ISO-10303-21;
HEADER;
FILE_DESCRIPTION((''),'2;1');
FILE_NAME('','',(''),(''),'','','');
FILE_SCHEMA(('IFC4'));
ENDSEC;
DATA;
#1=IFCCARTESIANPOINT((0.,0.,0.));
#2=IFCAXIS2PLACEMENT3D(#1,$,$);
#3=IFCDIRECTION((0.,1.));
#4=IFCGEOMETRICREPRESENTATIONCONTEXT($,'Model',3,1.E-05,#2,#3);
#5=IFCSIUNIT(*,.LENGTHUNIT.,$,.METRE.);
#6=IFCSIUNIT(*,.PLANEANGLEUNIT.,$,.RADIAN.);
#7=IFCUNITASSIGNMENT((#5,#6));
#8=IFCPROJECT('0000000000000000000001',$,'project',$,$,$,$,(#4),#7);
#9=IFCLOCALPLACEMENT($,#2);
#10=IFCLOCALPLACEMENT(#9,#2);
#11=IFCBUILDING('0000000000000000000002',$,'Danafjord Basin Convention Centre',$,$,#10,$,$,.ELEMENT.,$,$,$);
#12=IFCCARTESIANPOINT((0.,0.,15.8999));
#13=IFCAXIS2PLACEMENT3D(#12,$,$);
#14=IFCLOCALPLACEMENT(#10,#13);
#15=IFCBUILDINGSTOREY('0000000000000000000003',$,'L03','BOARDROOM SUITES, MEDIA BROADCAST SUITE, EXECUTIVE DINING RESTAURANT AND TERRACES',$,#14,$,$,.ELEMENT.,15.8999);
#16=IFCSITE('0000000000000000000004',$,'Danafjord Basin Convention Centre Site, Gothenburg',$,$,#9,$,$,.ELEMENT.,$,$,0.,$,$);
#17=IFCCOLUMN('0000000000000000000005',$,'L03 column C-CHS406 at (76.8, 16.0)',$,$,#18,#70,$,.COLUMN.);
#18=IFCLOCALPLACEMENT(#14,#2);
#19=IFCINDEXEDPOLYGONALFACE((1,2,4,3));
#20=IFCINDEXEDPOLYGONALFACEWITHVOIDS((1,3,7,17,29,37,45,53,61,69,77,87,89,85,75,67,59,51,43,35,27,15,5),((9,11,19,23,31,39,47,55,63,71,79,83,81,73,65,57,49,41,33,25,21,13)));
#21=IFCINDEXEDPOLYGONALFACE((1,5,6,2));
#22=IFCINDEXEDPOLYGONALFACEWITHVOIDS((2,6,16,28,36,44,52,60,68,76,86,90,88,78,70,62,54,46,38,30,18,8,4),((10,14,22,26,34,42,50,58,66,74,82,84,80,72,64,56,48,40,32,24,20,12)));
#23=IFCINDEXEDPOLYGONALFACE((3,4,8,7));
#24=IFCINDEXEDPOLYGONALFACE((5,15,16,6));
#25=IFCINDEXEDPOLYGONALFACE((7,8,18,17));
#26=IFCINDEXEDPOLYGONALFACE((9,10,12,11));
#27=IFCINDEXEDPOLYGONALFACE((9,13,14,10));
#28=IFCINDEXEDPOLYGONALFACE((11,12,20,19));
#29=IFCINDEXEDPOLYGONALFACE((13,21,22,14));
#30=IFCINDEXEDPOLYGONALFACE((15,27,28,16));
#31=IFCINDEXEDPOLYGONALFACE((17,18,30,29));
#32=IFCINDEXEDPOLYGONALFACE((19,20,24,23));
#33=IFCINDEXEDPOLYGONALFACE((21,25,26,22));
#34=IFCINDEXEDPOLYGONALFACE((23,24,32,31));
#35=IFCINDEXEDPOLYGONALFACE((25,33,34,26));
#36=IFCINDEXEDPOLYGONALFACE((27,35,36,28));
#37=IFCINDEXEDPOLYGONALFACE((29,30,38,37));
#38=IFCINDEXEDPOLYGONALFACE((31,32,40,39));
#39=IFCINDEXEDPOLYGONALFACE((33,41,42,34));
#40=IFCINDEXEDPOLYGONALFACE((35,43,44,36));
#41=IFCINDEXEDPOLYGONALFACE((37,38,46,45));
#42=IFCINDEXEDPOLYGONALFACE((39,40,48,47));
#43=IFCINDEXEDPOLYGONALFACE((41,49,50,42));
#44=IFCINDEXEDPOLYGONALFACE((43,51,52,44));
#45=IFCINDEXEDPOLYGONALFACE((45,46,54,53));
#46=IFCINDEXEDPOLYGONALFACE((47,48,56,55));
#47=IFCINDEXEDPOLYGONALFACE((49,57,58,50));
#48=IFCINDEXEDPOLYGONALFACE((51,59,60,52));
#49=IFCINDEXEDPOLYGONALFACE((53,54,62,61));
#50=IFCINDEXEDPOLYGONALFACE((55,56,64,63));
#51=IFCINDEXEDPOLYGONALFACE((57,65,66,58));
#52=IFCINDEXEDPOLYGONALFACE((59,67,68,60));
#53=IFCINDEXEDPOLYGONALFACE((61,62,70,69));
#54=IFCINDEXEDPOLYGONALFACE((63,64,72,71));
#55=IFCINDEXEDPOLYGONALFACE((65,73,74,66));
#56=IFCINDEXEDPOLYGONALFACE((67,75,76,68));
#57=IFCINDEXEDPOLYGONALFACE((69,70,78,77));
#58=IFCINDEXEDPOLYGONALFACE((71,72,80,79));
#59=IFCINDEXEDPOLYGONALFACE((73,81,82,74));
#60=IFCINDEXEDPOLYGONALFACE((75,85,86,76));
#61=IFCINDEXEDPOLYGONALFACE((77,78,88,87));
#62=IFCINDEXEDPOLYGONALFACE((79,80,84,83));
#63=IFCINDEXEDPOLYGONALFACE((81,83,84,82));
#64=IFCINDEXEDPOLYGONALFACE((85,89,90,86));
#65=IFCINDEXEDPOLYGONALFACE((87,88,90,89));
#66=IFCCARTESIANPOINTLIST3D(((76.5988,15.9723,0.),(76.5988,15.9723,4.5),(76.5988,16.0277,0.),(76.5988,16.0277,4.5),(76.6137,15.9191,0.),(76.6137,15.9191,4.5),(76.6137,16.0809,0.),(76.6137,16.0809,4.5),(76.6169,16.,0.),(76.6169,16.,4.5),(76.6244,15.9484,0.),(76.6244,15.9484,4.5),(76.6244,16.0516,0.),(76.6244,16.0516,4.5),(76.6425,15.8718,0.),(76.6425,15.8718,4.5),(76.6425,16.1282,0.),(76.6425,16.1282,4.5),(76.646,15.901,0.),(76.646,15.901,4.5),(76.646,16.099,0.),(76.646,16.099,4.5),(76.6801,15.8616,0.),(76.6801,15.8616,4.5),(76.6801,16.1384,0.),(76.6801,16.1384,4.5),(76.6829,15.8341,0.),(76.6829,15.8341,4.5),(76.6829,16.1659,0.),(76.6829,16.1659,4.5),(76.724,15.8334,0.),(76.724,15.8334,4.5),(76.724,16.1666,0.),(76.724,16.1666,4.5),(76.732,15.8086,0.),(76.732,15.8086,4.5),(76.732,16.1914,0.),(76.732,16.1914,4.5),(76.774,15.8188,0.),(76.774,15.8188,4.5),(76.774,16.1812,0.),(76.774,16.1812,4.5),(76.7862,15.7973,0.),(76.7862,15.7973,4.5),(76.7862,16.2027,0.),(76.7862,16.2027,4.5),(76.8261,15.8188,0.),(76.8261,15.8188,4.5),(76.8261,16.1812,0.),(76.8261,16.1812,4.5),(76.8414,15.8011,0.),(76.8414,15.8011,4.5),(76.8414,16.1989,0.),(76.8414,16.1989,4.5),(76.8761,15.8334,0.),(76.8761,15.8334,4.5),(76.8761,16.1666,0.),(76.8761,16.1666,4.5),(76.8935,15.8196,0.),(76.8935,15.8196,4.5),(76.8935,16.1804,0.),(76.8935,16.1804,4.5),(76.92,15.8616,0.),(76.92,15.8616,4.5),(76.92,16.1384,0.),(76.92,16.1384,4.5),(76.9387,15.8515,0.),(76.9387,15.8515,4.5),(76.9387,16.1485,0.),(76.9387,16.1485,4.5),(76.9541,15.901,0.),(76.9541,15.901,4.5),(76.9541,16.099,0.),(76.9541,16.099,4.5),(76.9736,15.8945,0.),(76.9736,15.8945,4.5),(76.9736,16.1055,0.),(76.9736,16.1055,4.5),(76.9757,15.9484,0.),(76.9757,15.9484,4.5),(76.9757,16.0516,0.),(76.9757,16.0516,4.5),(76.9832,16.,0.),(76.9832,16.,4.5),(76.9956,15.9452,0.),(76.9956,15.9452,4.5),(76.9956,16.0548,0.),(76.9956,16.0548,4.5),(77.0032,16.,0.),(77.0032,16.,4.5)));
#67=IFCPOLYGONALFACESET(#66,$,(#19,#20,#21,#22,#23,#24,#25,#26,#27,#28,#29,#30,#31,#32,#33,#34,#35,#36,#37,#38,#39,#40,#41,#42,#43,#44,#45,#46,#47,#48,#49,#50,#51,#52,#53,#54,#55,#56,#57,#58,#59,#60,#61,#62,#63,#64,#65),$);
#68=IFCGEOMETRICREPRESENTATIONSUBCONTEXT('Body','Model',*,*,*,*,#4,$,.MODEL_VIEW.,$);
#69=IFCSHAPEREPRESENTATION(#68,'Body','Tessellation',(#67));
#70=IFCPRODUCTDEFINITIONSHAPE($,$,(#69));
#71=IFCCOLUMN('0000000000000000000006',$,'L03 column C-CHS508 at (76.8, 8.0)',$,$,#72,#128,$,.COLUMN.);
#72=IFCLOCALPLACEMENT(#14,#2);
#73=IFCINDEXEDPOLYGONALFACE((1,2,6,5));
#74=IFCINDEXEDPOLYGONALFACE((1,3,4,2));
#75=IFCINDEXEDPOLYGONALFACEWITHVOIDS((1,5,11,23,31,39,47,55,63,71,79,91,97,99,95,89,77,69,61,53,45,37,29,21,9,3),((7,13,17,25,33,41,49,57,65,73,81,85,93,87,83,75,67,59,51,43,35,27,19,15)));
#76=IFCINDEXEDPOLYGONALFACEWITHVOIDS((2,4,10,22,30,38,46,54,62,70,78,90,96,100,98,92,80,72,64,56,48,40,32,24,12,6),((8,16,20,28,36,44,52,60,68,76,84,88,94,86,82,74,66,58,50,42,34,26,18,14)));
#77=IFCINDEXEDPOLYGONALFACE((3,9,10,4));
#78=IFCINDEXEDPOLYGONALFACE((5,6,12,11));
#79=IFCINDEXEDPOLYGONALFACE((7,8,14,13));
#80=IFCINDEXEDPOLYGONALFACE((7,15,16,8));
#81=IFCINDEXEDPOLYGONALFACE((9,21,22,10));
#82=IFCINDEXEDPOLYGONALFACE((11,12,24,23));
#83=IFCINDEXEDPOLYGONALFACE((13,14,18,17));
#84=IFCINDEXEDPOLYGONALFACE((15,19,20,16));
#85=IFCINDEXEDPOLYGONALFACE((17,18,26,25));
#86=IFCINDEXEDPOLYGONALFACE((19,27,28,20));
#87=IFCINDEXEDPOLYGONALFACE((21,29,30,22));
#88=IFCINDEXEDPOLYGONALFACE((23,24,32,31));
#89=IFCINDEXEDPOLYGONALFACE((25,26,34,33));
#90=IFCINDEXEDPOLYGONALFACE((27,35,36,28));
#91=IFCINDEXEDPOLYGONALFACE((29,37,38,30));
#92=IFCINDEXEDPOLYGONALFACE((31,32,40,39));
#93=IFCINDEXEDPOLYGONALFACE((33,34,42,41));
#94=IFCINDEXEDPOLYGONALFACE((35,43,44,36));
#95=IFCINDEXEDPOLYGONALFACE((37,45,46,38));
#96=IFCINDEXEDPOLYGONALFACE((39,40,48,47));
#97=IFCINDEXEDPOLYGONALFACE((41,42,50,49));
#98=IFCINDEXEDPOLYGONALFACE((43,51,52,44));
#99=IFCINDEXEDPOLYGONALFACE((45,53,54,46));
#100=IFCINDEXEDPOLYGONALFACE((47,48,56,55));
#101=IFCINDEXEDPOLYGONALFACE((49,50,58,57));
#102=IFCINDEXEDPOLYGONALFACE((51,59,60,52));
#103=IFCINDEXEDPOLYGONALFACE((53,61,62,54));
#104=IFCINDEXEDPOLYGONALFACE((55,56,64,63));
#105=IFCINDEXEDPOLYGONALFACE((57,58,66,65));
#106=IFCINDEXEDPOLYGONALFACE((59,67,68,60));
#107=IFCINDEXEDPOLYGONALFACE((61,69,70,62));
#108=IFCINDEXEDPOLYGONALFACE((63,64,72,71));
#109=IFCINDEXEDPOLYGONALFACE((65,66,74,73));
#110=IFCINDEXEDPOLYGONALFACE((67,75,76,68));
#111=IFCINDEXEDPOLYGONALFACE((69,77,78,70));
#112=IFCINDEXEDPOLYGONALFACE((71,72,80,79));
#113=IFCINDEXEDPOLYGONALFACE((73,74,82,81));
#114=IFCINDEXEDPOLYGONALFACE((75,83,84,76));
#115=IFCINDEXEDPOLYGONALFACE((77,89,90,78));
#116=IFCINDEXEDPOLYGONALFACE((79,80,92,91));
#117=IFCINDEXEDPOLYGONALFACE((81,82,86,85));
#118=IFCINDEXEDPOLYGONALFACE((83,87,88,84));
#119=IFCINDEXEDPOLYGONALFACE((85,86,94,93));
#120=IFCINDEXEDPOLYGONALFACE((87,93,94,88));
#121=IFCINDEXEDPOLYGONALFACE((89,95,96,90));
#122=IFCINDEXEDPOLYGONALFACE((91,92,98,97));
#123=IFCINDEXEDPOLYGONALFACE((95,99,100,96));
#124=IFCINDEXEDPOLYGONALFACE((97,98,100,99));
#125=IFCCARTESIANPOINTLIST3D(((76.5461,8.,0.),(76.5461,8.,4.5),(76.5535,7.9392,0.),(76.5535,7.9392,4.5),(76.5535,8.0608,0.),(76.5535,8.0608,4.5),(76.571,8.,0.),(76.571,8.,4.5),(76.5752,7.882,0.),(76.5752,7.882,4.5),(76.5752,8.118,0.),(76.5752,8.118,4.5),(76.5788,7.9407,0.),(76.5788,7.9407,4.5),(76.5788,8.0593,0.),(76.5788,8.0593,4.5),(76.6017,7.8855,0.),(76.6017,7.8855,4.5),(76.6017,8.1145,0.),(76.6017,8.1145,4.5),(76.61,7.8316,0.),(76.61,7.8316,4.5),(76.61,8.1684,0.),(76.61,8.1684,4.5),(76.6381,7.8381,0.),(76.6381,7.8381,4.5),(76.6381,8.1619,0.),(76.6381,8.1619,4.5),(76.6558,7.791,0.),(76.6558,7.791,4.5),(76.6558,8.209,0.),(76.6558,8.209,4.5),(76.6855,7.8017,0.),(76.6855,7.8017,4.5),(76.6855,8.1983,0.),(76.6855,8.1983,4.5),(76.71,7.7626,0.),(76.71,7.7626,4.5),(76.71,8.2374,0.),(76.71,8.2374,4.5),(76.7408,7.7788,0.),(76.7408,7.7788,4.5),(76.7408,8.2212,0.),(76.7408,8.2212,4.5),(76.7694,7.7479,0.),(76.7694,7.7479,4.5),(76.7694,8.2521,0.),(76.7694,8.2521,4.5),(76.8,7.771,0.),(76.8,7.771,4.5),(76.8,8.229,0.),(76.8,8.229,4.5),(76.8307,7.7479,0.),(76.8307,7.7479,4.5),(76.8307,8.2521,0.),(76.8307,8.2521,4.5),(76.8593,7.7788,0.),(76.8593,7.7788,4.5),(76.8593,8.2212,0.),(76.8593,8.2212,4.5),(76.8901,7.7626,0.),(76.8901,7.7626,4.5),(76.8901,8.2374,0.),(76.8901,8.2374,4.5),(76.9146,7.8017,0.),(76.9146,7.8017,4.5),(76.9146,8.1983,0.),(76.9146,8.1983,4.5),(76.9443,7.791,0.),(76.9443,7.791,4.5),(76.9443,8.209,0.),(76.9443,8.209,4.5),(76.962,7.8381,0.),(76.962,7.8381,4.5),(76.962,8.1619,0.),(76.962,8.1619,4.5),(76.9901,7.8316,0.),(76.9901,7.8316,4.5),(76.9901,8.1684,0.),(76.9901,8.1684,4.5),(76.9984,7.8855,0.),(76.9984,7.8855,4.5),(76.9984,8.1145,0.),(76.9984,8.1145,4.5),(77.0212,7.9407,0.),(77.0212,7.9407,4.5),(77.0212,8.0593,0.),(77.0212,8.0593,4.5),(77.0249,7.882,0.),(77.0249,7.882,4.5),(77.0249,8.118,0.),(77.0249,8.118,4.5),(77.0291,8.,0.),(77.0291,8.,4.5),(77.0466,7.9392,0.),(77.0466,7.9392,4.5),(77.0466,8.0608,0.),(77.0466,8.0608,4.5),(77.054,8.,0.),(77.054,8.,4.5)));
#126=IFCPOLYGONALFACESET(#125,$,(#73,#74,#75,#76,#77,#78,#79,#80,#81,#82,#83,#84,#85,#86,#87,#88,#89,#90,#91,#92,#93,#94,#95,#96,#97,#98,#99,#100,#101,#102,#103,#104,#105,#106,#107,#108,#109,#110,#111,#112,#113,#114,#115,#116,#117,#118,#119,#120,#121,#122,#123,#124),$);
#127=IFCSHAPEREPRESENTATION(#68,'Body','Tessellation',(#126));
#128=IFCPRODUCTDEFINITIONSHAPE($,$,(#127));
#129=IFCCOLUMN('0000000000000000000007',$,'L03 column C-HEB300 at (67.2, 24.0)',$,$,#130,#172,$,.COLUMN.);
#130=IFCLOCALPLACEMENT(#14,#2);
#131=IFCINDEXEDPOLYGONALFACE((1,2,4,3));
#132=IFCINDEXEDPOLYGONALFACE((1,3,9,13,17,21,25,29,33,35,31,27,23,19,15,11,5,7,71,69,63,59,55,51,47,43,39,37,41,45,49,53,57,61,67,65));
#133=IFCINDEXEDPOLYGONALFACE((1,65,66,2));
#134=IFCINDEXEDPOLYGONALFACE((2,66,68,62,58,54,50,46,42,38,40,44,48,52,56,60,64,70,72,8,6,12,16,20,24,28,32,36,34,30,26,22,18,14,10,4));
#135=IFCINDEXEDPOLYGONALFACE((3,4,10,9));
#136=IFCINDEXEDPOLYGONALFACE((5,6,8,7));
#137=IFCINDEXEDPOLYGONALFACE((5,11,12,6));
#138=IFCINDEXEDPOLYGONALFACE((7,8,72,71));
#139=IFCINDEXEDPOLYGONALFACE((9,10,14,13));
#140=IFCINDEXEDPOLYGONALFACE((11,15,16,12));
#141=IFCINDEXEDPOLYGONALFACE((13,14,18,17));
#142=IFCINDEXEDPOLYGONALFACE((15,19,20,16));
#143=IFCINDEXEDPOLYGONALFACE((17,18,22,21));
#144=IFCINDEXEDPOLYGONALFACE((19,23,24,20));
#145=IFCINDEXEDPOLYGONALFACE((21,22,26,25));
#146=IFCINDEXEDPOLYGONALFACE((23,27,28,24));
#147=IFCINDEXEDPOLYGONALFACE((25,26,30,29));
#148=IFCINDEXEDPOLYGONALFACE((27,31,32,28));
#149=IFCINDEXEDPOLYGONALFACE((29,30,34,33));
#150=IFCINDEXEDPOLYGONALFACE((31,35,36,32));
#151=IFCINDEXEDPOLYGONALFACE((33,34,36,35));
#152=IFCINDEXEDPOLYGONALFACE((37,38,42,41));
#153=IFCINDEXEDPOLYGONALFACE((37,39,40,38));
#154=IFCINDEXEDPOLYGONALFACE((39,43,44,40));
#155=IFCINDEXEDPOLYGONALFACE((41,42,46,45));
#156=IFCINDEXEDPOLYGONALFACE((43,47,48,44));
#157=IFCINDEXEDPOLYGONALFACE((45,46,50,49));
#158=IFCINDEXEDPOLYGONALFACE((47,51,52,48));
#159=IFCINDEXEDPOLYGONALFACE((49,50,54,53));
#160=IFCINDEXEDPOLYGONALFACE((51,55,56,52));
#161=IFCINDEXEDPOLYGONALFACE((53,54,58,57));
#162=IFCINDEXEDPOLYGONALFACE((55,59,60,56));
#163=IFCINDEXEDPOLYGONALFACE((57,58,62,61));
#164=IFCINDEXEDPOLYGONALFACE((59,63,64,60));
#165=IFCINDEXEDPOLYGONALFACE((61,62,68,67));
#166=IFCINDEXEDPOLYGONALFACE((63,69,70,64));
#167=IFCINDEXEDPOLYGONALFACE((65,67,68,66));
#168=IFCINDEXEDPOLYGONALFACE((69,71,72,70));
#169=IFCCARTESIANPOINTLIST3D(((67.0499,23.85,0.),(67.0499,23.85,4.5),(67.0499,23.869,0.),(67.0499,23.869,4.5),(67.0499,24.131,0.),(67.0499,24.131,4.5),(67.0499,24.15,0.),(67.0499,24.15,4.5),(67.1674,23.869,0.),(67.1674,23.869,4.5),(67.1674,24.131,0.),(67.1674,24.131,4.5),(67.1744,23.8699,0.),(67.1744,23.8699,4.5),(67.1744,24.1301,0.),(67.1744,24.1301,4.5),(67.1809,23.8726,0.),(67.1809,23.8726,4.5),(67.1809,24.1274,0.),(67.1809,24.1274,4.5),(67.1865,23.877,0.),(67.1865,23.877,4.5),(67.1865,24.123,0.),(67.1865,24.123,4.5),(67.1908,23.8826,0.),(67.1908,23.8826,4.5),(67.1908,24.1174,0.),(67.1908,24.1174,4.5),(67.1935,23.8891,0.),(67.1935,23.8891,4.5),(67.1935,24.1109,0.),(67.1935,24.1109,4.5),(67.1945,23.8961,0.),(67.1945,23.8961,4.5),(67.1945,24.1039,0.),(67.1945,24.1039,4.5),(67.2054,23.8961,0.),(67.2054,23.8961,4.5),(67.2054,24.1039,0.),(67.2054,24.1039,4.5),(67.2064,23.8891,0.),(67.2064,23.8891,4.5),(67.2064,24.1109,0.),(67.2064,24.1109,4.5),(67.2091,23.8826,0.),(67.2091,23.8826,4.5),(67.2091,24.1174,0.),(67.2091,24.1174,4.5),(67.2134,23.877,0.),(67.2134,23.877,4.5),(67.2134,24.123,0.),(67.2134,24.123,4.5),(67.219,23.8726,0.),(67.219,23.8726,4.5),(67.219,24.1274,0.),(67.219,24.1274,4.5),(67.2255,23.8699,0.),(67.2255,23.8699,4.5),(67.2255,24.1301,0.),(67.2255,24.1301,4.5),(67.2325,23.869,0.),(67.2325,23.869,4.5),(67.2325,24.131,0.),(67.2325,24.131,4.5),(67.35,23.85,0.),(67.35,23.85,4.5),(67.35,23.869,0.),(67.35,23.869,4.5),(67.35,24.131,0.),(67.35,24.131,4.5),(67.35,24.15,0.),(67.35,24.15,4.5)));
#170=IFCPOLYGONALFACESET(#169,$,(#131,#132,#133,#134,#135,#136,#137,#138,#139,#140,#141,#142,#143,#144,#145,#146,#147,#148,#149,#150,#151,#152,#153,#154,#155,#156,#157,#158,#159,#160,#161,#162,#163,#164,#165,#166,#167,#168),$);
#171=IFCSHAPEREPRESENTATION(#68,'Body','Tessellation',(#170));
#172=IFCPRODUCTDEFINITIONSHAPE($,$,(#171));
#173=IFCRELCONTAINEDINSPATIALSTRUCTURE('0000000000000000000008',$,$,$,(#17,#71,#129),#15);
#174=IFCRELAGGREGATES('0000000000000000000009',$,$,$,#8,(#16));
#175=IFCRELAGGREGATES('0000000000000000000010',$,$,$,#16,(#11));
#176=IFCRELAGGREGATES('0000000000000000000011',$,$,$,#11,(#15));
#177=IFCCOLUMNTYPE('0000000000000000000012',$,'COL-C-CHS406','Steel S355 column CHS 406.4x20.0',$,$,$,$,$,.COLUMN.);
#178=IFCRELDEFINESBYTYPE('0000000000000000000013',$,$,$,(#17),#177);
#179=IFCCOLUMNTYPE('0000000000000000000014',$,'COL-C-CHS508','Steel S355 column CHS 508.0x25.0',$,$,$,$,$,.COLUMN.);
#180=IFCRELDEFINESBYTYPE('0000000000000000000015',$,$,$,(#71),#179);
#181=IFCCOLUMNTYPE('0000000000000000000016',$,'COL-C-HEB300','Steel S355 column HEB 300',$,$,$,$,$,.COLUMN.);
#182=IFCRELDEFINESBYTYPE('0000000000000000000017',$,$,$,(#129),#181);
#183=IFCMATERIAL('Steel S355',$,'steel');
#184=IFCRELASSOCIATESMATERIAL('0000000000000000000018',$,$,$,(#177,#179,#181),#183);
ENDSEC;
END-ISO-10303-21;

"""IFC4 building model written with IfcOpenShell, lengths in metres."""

from ifc_helpers import new_model, si_unit, direction, frame, origin, origin_2d, place, context, subcontext, project, spatial, hollow_circle, i_section, extrude, material, material_profile, profile_set, type_object, element, save


model = new_model("IFC4")

# Units and contexts
model_context = context("Model", 3, precision=1e-05, world=origin(), true_north=direction((0.0, 1.0)))
body_context = subcontext(model_context, "Body", "Model", "MODEL_VIEW")
ifc_project = project(units=[si_unit("LENGTHUNIT", "METRE"), si_unit("PLANEANGLEUNIT", "RADIAN")], contexts=[model_context])

# Site, building, storey
site_placement = place(None, origin())
site = spatial("IfcSite", under=ifc_project, at=site_placement, Name="Danafjord Basin Convention Centre Site, Gothenburg", CompositionType="ELEMENT", RefElevation=0.0)
building_placement = place(site_placement, origin())
building = spatial("IfcBuilding", under=site, at=building_placement, Name="Danafjord Basin Convention Centre", CompositionType="ELEMENT")
storey_placement = place(building_placement, frame((0.0, 0.0, 15.8999)))
storey = spatial("IfcBuildingStorey", under=building, at=storey_placement, Name="L03", Description="BOARDROOM SUITES, MEDIA BROADCAST SUITE, EXECUTIVE DINING RESTAURANT AND TERRACES", CompositionType="ELEMENT", Elevation=15.8999)

# Columns
ifc_material_1 = material(Name="Steel S355", Category="steel")
ifc_material_profile_1 = material_profile(ifc_material_1, hollow_circle(Radius=0.2031, WallThickness=0.02, at=origin_2d()), Name="CHS 406.4x20.0")
ifc_profile_set_1 = profile_set([ifc_material_profile_1], Name="Steel S355")
column_type_1 = type_object("IfcColumnType", Name="COL-C-CHS406", Description="Steel S355 column CHS 406.4x20.0", PredefinedType="COLUMN", material=ifc_profile_set_1)
column_1_placement = place(storey_placement, frame((76.8, 16.0, 0.0), z_axis=(0.0, 0.0, 1.0), x_axis=(1.0, 0.0, 0.0)))
element("IfcColumn", 1, at=column_1_placement, inside=storey, type_object=column_type_1, Name="L03 column C-CHS406 at (76.8, 16.0)", PredefinedType="COLUMN", context=body_context, shape_type="SweptSolid", body=[
    extrude(hollow_circle(Radius=0.2031, WallThickness=0.02, at=origin_2d()), origin(), (0.0, 0.0, 1.0), 4.5),
])
ifc_material_profile_2 = material_profile(ifc_material_1, hollow_circle(Radius=0.2539, WallThickness=0.0249, at=origin_2d()), Name="CHS 508.0x25.0")
ifc_profile_set_2 = profile_set([ifc_material_profile_2], Name="Steel S355")
column_type_2 = type_object("IfcColumnType", Name="COL-C-CHS508", Description="Steel S355 column CHS 508.0x25.0", PredefinedType="COLUMN", material=ifc_profile_set_2)
column_2_placement = place(storey_placement, frame((76.8, 8.0, 0.0), z_axis=(0.0, 0.0, 1.0), x_axis=(1.0, 0.0, 0.0)))
element("IfcColumn", 2, at=column_2_placement, inside=storey, type_object=column_type_2, Name="L03 column C-CHS508 at (76.8, 8.0)", PredefinedType="COLUMN", context=body_context, shape_type="SweptSolid", body=[
    extrude(hollow_circle(Radius=0.2539, WallThickness=0.0249, at=origin_2d()), origin(), (0.0, 0.0, 1.0), 4.5),
])
ifc_material_profile_3 = material_profile(ifc_material_1, i_section(OverallWidth=0.3, OverallDepth=0.3, WebThickness=0.011, FlangeThickness=0.019, FilletRadius=0.0271, at=origin_2d()), Name="HEB 300")
ifc_profile_set_3 = profile_set([ifc_material_profile_3], Name="Steel S355")
column_type_3 = type_object("IfcColumnType", Name="COL-C-HEB300", Description="Steel S355 column HEB 300", PredefinedType="COLUMN", material=ifc_profile_set_3)
column_3_placement = place(storey_placement, frame((67.2, 24.0, 0.0), z_axis=(0.0, 0.0, 1.0), x_axis=(1.0, 0.0, 0.0)))
element("IfcColumn", 3, at=column_3_placement, inside=storey, type_object=column_type_3, Name="L03 column C-HEB300 at (67.2, 24.0)", PredefinedType="COLUMN", context=body_context, shape_type="SweptSolid", body=[
    extrude(i_section(OverallWidth=0.3, OverallDepth=0.3, WebThickness=0.011, FlangeThickness=0.019, FilletRadius=0.0271, at=origin_2d()), origin(), (0.0, 0.0, 1.0), 4.5),
])

save(model, "model.ifc")
